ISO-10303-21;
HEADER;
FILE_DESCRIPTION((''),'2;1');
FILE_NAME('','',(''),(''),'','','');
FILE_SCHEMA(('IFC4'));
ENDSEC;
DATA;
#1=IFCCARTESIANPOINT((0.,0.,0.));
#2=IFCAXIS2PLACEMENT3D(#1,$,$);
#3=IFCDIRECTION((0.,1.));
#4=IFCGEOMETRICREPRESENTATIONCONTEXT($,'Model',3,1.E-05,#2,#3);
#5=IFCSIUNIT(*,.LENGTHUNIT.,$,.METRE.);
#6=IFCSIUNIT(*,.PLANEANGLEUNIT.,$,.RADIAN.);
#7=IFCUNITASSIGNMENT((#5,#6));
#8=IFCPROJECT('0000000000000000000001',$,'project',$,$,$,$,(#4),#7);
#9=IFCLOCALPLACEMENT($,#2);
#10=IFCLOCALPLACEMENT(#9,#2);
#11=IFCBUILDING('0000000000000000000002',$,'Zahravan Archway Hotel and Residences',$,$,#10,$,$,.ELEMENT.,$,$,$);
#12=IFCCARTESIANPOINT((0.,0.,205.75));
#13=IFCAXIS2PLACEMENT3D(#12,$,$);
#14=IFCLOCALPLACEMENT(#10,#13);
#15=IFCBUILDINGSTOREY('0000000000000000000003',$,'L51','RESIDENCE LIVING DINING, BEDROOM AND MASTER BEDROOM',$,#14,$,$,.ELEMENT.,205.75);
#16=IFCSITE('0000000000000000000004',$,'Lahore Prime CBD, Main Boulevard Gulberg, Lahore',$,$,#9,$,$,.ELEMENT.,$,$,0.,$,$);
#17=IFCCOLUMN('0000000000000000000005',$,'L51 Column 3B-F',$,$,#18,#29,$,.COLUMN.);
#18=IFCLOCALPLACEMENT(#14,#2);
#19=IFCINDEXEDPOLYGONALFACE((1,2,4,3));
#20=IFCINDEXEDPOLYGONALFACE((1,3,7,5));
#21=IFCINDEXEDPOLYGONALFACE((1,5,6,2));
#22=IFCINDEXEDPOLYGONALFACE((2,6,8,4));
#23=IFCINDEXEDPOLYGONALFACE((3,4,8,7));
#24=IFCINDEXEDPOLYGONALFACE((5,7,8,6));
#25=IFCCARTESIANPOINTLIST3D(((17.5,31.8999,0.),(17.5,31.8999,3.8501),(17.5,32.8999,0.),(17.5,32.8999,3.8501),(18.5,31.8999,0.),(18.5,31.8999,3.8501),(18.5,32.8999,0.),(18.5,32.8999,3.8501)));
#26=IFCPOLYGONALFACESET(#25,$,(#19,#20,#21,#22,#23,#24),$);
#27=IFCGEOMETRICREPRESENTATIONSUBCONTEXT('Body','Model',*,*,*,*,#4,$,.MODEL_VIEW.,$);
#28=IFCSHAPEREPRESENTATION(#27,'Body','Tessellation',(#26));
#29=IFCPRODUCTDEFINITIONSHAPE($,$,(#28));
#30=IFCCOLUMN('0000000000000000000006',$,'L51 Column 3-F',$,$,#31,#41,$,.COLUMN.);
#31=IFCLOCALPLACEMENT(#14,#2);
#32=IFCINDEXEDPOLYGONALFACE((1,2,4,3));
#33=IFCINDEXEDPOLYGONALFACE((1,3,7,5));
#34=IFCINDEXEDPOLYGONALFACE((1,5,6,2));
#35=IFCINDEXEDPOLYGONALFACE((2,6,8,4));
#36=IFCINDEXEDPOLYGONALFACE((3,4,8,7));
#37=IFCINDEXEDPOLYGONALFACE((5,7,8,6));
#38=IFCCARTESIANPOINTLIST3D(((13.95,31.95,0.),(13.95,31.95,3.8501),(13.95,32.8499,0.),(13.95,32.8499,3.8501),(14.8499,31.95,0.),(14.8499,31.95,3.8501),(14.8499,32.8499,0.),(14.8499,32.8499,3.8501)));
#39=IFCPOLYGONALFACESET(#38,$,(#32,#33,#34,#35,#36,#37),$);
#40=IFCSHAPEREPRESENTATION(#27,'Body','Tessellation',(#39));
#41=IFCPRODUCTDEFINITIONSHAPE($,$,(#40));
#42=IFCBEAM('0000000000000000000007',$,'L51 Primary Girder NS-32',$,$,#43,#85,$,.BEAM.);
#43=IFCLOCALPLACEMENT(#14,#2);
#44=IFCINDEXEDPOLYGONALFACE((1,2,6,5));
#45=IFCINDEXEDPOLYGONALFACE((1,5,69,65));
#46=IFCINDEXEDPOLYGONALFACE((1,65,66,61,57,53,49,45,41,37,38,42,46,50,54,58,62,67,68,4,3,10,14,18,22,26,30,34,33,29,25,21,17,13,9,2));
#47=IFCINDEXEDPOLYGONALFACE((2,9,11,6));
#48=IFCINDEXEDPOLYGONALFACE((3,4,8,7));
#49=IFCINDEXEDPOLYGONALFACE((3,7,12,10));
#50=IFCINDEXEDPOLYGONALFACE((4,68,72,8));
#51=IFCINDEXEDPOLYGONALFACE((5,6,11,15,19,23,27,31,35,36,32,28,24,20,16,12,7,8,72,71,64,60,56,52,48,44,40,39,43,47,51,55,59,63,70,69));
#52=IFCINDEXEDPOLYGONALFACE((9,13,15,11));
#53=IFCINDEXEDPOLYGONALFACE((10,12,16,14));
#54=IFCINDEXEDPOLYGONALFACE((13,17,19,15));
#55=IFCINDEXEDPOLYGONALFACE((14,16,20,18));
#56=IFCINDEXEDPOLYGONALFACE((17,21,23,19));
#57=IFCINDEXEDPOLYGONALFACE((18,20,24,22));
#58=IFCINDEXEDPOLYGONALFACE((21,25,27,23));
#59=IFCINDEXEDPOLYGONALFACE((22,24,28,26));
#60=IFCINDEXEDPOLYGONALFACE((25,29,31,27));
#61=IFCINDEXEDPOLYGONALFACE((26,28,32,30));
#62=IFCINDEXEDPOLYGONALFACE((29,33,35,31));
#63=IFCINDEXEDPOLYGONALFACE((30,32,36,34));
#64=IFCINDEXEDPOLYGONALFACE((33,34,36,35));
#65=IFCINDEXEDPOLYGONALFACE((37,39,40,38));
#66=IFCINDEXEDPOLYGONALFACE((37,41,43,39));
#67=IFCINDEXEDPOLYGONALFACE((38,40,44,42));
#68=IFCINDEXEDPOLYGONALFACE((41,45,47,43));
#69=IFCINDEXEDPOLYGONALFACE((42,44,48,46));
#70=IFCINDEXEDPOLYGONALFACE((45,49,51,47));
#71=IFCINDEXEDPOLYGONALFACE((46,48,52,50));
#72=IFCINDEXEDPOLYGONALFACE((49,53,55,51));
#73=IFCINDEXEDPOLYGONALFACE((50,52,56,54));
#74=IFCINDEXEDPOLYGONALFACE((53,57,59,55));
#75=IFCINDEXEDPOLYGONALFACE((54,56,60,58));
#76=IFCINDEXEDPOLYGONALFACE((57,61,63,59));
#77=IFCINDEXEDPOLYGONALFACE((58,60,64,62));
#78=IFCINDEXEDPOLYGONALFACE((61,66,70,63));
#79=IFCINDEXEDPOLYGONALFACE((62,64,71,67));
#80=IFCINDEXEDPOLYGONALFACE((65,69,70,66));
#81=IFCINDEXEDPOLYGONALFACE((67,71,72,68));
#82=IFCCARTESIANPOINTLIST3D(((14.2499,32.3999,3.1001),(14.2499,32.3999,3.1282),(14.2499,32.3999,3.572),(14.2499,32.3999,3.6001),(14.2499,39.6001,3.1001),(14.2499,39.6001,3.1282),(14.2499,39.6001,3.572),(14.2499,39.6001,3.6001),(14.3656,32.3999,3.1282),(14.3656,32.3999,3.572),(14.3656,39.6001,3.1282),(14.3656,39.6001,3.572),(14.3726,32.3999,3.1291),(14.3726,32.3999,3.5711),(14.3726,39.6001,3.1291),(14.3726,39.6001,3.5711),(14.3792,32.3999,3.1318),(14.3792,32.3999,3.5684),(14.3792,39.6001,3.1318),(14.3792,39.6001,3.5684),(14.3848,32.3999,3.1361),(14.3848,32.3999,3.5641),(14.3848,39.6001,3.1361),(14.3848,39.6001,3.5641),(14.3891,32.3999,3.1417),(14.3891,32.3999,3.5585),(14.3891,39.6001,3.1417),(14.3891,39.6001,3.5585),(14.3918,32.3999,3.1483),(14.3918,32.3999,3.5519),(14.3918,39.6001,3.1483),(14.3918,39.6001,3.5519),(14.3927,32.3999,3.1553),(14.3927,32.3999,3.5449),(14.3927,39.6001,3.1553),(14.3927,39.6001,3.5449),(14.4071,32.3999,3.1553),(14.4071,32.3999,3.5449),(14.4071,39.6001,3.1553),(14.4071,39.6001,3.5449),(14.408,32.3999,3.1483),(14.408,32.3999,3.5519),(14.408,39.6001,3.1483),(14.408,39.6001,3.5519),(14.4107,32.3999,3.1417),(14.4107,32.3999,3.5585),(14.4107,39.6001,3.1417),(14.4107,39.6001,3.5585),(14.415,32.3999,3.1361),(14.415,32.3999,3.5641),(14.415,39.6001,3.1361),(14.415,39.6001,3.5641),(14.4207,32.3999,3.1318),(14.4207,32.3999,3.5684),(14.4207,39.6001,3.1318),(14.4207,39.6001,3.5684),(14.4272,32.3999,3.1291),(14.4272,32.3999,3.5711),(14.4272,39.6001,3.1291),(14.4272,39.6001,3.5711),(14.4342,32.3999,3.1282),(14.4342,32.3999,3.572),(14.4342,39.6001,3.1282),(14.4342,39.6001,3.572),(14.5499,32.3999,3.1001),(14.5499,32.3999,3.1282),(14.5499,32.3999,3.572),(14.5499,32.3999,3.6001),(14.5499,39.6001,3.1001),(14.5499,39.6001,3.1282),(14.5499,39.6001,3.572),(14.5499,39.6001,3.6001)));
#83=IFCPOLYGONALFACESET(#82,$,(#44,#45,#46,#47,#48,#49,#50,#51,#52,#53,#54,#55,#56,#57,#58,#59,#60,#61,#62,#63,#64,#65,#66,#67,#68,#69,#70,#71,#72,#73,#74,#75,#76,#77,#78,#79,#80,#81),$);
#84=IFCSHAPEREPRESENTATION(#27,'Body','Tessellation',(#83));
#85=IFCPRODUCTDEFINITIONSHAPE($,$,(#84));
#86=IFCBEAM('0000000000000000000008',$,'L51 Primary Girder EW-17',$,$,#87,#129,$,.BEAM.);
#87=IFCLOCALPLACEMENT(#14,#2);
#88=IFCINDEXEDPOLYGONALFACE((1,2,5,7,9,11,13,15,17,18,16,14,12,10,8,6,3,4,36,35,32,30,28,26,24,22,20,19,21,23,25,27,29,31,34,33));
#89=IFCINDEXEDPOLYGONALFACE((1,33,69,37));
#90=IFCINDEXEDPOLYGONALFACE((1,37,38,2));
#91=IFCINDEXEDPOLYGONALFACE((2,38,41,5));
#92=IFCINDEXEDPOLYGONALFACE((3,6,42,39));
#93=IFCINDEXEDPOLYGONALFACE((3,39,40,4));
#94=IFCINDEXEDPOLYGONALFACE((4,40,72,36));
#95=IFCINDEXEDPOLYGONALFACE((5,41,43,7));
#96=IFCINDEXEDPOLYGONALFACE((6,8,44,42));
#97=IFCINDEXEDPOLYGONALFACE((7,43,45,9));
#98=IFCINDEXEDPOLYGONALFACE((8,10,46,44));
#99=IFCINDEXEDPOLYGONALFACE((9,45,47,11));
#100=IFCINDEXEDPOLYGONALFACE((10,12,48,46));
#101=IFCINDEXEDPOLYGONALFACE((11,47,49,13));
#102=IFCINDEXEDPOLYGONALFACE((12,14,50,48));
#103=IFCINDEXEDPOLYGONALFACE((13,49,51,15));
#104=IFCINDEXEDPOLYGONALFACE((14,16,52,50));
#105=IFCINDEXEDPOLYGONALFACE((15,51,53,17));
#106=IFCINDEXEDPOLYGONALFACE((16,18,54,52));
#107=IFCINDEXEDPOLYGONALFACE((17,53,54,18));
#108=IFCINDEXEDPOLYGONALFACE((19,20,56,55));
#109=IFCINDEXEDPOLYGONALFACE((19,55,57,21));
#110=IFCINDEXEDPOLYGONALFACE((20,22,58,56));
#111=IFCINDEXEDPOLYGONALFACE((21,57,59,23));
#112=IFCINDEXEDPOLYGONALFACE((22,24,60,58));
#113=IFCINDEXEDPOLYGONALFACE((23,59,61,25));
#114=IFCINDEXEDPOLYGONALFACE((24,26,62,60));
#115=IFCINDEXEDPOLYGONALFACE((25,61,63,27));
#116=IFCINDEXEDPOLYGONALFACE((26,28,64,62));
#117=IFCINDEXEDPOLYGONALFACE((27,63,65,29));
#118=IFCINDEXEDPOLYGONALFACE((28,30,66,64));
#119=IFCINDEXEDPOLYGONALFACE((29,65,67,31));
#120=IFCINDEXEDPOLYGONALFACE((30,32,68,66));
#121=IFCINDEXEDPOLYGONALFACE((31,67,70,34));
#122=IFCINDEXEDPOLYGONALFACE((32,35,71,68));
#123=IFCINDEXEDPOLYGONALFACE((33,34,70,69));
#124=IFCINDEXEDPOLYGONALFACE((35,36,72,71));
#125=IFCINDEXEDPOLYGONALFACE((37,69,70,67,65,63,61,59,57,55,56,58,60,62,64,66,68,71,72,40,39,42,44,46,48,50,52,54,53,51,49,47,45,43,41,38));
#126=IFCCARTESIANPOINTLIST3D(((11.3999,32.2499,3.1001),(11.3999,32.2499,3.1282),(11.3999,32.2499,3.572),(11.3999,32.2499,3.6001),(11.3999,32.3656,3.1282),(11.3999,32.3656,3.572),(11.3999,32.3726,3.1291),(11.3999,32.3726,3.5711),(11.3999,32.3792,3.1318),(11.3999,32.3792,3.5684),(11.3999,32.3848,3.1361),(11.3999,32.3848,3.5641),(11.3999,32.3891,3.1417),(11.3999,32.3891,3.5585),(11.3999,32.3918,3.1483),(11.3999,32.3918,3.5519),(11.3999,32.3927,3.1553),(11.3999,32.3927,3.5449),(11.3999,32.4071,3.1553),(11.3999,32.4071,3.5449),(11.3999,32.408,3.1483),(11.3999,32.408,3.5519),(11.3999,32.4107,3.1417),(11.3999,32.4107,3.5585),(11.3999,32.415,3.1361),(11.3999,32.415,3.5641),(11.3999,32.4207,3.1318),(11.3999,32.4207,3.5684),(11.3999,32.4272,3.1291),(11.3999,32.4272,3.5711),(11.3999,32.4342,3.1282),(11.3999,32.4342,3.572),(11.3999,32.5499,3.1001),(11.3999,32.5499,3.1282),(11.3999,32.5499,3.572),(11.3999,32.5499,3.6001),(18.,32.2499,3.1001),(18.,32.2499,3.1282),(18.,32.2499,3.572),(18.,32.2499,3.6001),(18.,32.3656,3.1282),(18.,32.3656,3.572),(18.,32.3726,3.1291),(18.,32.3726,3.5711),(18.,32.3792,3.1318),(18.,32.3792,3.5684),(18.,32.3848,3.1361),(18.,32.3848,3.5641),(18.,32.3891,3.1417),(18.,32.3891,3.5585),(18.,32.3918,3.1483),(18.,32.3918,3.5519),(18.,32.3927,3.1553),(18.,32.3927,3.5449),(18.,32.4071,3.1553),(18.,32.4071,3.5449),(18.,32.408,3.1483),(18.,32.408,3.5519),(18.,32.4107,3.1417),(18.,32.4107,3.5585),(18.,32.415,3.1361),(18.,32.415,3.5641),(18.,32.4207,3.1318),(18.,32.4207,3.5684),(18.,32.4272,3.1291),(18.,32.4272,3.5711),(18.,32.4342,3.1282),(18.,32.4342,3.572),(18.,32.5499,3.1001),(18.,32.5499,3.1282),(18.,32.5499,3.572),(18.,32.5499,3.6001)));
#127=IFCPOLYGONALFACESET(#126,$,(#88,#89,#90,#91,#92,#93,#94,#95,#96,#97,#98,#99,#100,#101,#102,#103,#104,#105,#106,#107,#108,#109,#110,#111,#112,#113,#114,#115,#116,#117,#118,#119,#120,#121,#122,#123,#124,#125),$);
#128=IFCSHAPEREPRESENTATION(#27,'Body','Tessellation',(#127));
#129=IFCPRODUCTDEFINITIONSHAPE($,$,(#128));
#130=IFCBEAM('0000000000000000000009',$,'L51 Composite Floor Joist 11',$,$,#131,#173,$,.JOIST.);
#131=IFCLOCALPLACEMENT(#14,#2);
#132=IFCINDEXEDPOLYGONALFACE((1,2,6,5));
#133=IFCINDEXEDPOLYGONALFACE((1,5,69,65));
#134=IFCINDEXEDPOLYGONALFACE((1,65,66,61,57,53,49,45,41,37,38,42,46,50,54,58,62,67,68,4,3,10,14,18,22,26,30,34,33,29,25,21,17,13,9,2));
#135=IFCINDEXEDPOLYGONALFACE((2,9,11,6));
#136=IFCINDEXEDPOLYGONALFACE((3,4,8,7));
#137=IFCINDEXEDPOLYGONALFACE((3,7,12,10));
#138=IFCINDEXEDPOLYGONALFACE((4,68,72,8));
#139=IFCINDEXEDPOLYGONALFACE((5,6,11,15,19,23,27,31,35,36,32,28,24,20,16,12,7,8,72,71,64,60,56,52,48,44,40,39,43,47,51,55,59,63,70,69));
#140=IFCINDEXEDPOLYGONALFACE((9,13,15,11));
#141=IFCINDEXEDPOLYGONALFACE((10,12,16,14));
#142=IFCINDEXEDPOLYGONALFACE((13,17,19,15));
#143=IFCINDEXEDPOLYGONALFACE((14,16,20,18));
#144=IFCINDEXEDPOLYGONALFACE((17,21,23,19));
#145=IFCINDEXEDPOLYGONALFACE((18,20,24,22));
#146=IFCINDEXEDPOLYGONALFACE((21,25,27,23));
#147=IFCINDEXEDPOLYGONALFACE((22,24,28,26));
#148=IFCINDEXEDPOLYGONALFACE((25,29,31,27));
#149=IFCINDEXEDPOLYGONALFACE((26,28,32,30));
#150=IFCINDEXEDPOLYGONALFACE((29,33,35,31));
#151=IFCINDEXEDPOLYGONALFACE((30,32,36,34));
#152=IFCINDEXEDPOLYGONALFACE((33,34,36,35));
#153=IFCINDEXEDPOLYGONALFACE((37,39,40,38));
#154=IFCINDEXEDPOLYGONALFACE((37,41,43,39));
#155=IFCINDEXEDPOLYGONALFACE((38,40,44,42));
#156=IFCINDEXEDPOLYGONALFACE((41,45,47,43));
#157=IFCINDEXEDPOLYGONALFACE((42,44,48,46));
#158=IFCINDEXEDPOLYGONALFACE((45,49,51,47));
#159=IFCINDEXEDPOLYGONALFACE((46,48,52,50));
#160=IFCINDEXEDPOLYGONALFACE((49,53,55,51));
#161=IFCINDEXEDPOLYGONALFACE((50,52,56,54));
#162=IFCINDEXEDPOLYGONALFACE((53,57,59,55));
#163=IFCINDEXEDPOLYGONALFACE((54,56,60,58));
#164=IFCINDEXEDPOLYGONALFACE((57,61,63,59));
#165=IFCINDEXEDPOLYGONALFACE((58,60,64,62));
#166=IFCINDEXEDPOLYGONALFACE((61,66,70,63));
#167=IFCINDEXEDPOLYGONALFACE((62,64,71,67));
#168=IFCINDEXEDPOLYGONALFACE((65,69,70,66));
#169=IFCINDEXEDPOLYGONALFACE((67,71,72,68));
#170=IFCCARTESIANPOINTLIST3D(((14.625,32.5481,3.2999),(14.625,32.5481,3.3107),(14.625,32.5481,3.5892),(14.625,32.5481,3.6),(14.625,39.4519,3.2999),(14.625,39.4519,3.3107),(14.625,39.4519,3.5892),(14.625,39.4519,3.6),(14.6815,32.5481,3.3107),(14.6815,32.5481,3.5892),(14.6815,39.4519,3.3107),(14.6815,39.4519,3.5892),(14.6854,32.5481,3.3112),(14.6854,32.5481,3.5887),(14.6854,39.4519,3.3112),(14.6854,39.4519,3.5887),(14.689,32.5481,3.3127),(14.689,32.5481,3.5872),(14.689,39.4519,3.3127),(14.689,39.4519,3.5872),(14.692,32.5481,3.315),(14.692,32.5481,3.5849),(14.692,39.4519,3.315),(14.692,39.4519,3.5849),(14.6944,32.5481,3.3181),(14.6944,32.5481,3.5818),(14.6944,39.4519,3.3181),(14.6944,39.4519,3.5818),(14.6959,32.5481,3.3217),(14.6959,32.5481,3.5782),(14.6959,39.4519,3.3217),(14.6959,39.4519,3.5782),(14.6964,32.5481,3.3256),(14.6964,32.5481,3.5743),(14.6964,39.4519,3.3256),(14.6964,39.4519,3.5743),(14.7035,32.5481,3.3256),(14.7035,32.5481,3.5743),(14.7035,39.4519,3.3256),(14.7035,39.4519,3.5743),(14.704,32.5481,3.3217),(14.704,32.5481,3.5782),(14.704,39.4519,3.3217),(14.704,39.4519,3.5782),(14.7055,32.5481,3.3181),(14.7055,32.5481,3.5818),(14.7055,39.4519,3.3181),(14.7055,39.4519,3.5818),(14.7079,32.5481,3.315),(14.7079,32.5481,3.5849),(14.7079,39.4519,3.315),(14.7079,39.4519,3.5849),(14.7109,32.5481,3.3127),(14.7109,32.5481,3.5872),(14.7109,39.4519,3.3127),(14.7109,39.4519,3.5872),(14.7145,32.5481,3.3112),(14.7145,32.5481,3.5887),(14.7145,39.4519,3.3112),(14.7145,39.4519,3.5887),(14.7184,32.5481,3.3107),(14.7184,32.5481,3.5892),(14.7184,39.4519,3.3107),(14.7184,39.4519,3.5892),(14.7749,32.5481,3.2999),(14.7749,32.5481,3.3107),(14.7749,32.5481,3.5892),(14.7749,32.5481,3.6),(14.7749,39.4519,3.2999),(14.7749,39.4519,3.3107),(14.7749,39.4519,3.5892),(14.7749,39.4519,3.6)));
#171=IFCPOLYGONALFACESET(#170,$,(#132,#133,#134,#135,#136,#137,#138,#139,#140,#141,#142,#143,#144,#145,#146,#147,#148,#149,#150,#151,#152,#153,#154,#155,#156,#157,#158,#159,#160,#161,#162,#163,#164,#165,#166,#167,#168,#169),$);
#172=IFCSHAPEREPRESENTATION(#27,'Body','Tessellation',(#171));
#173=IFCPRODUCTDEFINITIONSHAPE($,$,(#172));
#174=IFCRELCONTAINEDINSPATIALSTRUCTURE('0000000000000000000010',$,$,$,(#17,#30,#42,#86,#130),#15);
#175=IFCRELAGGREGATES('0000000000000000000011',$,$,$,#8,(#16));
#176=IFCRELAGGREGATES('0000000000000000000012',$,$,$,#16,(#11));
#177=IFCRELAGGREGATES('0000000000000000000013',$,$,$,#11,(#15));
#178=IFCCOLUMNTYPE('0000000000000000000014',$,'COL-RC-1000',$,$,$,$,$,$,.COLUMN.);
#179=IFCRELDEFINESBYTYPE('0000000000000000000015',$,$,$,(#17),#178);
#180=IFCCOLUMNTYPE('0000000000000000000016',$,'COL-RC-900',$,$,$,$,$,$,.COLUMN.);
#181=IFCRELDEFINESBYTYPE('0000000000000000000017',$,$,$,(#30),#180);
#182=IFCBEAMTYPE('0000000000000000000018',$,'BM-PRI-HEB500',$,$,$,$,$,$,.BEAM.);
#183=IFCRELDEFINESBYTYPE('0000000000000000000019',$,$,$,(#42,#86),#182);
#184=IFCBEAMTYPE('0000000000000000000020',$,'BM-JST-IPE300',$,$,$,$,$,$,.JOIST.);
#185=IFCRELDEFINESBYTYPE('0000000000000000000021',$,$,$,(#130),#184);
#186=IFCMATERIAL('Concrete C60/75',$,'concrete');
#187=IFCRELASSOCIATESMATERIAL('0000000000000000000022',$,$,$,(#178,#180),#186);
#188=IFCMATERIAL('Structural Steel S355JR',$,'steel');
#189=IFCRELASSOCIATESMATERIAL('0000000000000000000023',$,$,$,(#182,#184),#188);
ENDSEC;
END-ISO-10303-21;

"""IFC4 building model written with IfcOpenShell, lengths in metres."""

from ifc_helpers import new_model, si_unit, direction, frame, origin, origin_2d, place, context, subcontext, project, spatial, rectangle, i_section, extrude, source, transform, mapped, material, material_profile, profile_set, type_object, type_shapes, element, save


model = new_model("IFC4")

# Units and contexts
model_context = context("Model", 3, precision=1e-05, world=origin(), true_north=direction((0.0, 1.0)))
body_context = subcontext(model_context, "Body", "Model", "MODEL_VIEW")
ifc_project = project(units=[si_unit("LENGTHUNIT", "METRE"), si_unit("PLANEANGLEUNIT", "RADIAN")], contexts=[model_context])

# Site, building, storey
site_placement = place(None, origin())
site = spatial("IfcSite", under=ifc_project, at=site_placement, Name="Lahore Prime CBD, Main Boulevard Gulberg, Lahore", CompositionType="ELEMENT", RefElevation=0.0)
building_placement = place(site_placement, origin())
building = spatial("IfcBuilding", under=site, at=building_placement, Name="Zahravan Archway Hotel and Residences", CompositionType="ELEMENT")
storey_placement = place(building_placement, frame((0.0, 0.0, 205.75)))
storey = spatial("IfcBuildingStorey", under=building, at=storey_placement, Name="L51", Description="RESIDENCE LIVING DINING, BEDROOM AND MASTER BEDROOM", CompositionType="ELEMENT", Elevation=205.75)

# Columns
ifc_material_1 = material(Name="Concrete C60/75", Category="concrete")
ifc_material_profile_1 = material_profile(ifc_material_1, rectangle(XDim=1.0, YDim=1.0, at=origin_2d()), Name="RC-COL-1000x1000", Category="concrete")
ifc_profile_set_1 = profile_set([ifc_material_profile_1], Name="Concrete C60/75")
column_type_1 = type_object("IfcColumnType", Name="COL-RC-1000", PredefinedType="COLUMN", material=ifc_profile_set_1)
shared_shape_1 = source(origin(), body_context, "Body", "SweptSolid", [
    extrude(rectangle(XDim=1.0, YDim=1.0, at=origin_2d()), origin(), (0.0, 0.0, 1.0), 3.8501),
])
column_1_placement = place(storey_placement, frame((18.0, 32.3999, 0.0), z_axis=(0.0, 0.0, 1.0), x_axis=(1.0, 0.0, 0.0)))
element("IfcColumn", 1, at=column_1_placement, inside=storey, type_object=column_type_1, Name="L51 Column 3B-F", PredefinedType="COLUMN", context=body_context, shape_type="MappedRepresentation", body=[
    mapped(shared_shape_1, transform((0.0, 0.0, 0.0), scale=1.0)),
])
ifc_material_profile_2 = material_profile(ifc_material_1, rectangle(XDim=0.8999, YDim=0.8999, at=origin_2d()), Name="RC-COL-900x900", Category="concrete")
ifc_profile_set_2 = profile_set([ifc_material_profile_2], Name="Concrete C60/75")
column_type_2 = type_object("IfcColumnType", Name="COL-RC-900", PredefinedType="COLUMN", material=ifc_profile_set_2)
shared_shape_2 = source(origin(), body_context, "Body", "SweptSolid", [
    extrude(rectangle(XDim=0.8999, YDim=0.8999, at=origin_2d()), origin(), (0.0, 0.0, 1.0), 3.8501),
])
type_shapes(column_type_2, [shared_shape_2])
column_2_placement = place(storey_placement, frame((14.3999, 32.3999, 0.0), z_axis=(0.0, 0.0, 1.0), x_axis=(1.0, 0.0, 0.0)))
element("IfcColumn", 2, at=column_2_placement, inside=storey, type_object=column_type_2, Name="L51 Column 3-F", PredefinedType="COLUMN", context=body_context, shape_type="MappedRepresentation", body=[
    mapped(shared_shape_2, transform((0.0, 0.0, 0.0), scale=1.0)),
])

# Beams
ifc_material_2 = material(Name="Structural Steel S355JR", Category="steel")
ifc_material_profile_3 = material_profile(ifc_material_2, i_section(OverallWidth=0.3, OverallDepth=0.5, WebThickness=0.0144, FlangeThickness=0.0281, FilletRadius=0.0271, at=origin_2d()), Name="HEB 500", Category="steel")
ifc_profile_set_3 = profile_set([ifc_material_profile_3], Name="Structural Steel S355JR")
beam_type_1 = type_object("IfcBeamType", Name="BM-PRI-HEB500", PredefinedType="BEAM", material=ifc_profile_set_3)
shared_shape_3 = source(origin(), body_context, "Body", "SweptSolid", [
    extrude(i_section(OverallWidth=0.3, OverallDepth=0.5, WebThickness=0.0144, FlangeThickness=0.0281, FilletRadius=0.0271, at=origin_2d()), origin(), (0.0, 0.0, 1.0), 7.2002),
])
type_shapes(beam_type_1, [shared_shape_3])
beam_1_placement = place(storey_placement, frame((14.3999, 32.3999, 3.3501), z_axis=(0.0, 1.0, 0.0), x_axis=(-1.0, 0.0, 0.0)))
element("IfcBeam", 3, at=beam_1_placement, inside=storey, type_object=beam_type_1, Name="L51 Primary Girder NS-32", PredefinedType="BEAM", context=body_context, shape_type="MappedRepresentation", body=[
    mapped(shared_shape_3, transform((0.0, 0.0, 0.0), scale=1.0)),
])
shared_shape_4 = source(origin(), body_context, "Body", "SweptSolid", [
    extrude(i_section(OverallWidth=0.3, OverallDepth=0.5, WebThickness=0.0144, FlangeThickness=0.0281, FilletRadius=0.0271, at=origin_2d()), origin(), (0.0, 0.0, 1.0), 6.6001),
])
beam_2_placement = place(storey_placement, frame((11.3999, 32.3999, 3.3501), z_axis=(1.0, 0.0, 0.0), x_axis=(0.0, 1.0, 0.0)))
element("IfcBeam", 4, at=beam_2_placement, inside=storey, type_object=beam_type_1, Name="L51 Primary Girder EW-17", PredefinedType="BEAM", context=body_context, shape_type="MappedRepresentation", body=[
    mapped(shared_shape_4, transform((0.0, 0.0, 0.0), scale=1.0)),
])
ifc_material_profile_4 = material_profile(ifc_material_2, i_section(OverallWidth=0.1499, OverallDepth=0.3, WebThickness=0.0071, FlangeThickness=0.0107, FilletRadius=0.0149, at=origin_2d()), Name="IPE 300", Category="steel")
ifc_profile_set_4 = profile_set([ifc_material_profile_4], Name="Structural Steel S355JR")
beam_type_2 = type_object("IfcBeamType", Name="BM-JST-IPE300", PredefinedType="JOIST", material=ifc_profile_set_4)
shared_shape_5 = source(origin(), body_context, "Body", "SweptSolid", [
    extrude(i_section(OverallWidth=0.1499, OverallDepth=0.3, WebThickness=0.0071, FlangeThickness=0.0107, FilletRadius=0.0149, at=origin_2d()), origin(), (0.0, 0.0, 1.0), 6.9038),
])
beam_3_placement = place(storey_placement, frame((14.7, 32.5481, 3.45), z_axis=(0.0, 1.0, 0.0), x_axis=(-1.0, 0.0, 0.0)))
element("IfcBeam", 5, at=beam_3_placement, inside=storey, type_object=beam_type_2, Name="L51 Composite Floor Joist 11", PredefinedType="JOIST", context=body_context, shape_type="MappedRepresentation", body=[
    mapped(shared_shape_5, transform((0.0, 0.0, 0.0), scale=1.0)),
])

save(model, "model.ifc")
